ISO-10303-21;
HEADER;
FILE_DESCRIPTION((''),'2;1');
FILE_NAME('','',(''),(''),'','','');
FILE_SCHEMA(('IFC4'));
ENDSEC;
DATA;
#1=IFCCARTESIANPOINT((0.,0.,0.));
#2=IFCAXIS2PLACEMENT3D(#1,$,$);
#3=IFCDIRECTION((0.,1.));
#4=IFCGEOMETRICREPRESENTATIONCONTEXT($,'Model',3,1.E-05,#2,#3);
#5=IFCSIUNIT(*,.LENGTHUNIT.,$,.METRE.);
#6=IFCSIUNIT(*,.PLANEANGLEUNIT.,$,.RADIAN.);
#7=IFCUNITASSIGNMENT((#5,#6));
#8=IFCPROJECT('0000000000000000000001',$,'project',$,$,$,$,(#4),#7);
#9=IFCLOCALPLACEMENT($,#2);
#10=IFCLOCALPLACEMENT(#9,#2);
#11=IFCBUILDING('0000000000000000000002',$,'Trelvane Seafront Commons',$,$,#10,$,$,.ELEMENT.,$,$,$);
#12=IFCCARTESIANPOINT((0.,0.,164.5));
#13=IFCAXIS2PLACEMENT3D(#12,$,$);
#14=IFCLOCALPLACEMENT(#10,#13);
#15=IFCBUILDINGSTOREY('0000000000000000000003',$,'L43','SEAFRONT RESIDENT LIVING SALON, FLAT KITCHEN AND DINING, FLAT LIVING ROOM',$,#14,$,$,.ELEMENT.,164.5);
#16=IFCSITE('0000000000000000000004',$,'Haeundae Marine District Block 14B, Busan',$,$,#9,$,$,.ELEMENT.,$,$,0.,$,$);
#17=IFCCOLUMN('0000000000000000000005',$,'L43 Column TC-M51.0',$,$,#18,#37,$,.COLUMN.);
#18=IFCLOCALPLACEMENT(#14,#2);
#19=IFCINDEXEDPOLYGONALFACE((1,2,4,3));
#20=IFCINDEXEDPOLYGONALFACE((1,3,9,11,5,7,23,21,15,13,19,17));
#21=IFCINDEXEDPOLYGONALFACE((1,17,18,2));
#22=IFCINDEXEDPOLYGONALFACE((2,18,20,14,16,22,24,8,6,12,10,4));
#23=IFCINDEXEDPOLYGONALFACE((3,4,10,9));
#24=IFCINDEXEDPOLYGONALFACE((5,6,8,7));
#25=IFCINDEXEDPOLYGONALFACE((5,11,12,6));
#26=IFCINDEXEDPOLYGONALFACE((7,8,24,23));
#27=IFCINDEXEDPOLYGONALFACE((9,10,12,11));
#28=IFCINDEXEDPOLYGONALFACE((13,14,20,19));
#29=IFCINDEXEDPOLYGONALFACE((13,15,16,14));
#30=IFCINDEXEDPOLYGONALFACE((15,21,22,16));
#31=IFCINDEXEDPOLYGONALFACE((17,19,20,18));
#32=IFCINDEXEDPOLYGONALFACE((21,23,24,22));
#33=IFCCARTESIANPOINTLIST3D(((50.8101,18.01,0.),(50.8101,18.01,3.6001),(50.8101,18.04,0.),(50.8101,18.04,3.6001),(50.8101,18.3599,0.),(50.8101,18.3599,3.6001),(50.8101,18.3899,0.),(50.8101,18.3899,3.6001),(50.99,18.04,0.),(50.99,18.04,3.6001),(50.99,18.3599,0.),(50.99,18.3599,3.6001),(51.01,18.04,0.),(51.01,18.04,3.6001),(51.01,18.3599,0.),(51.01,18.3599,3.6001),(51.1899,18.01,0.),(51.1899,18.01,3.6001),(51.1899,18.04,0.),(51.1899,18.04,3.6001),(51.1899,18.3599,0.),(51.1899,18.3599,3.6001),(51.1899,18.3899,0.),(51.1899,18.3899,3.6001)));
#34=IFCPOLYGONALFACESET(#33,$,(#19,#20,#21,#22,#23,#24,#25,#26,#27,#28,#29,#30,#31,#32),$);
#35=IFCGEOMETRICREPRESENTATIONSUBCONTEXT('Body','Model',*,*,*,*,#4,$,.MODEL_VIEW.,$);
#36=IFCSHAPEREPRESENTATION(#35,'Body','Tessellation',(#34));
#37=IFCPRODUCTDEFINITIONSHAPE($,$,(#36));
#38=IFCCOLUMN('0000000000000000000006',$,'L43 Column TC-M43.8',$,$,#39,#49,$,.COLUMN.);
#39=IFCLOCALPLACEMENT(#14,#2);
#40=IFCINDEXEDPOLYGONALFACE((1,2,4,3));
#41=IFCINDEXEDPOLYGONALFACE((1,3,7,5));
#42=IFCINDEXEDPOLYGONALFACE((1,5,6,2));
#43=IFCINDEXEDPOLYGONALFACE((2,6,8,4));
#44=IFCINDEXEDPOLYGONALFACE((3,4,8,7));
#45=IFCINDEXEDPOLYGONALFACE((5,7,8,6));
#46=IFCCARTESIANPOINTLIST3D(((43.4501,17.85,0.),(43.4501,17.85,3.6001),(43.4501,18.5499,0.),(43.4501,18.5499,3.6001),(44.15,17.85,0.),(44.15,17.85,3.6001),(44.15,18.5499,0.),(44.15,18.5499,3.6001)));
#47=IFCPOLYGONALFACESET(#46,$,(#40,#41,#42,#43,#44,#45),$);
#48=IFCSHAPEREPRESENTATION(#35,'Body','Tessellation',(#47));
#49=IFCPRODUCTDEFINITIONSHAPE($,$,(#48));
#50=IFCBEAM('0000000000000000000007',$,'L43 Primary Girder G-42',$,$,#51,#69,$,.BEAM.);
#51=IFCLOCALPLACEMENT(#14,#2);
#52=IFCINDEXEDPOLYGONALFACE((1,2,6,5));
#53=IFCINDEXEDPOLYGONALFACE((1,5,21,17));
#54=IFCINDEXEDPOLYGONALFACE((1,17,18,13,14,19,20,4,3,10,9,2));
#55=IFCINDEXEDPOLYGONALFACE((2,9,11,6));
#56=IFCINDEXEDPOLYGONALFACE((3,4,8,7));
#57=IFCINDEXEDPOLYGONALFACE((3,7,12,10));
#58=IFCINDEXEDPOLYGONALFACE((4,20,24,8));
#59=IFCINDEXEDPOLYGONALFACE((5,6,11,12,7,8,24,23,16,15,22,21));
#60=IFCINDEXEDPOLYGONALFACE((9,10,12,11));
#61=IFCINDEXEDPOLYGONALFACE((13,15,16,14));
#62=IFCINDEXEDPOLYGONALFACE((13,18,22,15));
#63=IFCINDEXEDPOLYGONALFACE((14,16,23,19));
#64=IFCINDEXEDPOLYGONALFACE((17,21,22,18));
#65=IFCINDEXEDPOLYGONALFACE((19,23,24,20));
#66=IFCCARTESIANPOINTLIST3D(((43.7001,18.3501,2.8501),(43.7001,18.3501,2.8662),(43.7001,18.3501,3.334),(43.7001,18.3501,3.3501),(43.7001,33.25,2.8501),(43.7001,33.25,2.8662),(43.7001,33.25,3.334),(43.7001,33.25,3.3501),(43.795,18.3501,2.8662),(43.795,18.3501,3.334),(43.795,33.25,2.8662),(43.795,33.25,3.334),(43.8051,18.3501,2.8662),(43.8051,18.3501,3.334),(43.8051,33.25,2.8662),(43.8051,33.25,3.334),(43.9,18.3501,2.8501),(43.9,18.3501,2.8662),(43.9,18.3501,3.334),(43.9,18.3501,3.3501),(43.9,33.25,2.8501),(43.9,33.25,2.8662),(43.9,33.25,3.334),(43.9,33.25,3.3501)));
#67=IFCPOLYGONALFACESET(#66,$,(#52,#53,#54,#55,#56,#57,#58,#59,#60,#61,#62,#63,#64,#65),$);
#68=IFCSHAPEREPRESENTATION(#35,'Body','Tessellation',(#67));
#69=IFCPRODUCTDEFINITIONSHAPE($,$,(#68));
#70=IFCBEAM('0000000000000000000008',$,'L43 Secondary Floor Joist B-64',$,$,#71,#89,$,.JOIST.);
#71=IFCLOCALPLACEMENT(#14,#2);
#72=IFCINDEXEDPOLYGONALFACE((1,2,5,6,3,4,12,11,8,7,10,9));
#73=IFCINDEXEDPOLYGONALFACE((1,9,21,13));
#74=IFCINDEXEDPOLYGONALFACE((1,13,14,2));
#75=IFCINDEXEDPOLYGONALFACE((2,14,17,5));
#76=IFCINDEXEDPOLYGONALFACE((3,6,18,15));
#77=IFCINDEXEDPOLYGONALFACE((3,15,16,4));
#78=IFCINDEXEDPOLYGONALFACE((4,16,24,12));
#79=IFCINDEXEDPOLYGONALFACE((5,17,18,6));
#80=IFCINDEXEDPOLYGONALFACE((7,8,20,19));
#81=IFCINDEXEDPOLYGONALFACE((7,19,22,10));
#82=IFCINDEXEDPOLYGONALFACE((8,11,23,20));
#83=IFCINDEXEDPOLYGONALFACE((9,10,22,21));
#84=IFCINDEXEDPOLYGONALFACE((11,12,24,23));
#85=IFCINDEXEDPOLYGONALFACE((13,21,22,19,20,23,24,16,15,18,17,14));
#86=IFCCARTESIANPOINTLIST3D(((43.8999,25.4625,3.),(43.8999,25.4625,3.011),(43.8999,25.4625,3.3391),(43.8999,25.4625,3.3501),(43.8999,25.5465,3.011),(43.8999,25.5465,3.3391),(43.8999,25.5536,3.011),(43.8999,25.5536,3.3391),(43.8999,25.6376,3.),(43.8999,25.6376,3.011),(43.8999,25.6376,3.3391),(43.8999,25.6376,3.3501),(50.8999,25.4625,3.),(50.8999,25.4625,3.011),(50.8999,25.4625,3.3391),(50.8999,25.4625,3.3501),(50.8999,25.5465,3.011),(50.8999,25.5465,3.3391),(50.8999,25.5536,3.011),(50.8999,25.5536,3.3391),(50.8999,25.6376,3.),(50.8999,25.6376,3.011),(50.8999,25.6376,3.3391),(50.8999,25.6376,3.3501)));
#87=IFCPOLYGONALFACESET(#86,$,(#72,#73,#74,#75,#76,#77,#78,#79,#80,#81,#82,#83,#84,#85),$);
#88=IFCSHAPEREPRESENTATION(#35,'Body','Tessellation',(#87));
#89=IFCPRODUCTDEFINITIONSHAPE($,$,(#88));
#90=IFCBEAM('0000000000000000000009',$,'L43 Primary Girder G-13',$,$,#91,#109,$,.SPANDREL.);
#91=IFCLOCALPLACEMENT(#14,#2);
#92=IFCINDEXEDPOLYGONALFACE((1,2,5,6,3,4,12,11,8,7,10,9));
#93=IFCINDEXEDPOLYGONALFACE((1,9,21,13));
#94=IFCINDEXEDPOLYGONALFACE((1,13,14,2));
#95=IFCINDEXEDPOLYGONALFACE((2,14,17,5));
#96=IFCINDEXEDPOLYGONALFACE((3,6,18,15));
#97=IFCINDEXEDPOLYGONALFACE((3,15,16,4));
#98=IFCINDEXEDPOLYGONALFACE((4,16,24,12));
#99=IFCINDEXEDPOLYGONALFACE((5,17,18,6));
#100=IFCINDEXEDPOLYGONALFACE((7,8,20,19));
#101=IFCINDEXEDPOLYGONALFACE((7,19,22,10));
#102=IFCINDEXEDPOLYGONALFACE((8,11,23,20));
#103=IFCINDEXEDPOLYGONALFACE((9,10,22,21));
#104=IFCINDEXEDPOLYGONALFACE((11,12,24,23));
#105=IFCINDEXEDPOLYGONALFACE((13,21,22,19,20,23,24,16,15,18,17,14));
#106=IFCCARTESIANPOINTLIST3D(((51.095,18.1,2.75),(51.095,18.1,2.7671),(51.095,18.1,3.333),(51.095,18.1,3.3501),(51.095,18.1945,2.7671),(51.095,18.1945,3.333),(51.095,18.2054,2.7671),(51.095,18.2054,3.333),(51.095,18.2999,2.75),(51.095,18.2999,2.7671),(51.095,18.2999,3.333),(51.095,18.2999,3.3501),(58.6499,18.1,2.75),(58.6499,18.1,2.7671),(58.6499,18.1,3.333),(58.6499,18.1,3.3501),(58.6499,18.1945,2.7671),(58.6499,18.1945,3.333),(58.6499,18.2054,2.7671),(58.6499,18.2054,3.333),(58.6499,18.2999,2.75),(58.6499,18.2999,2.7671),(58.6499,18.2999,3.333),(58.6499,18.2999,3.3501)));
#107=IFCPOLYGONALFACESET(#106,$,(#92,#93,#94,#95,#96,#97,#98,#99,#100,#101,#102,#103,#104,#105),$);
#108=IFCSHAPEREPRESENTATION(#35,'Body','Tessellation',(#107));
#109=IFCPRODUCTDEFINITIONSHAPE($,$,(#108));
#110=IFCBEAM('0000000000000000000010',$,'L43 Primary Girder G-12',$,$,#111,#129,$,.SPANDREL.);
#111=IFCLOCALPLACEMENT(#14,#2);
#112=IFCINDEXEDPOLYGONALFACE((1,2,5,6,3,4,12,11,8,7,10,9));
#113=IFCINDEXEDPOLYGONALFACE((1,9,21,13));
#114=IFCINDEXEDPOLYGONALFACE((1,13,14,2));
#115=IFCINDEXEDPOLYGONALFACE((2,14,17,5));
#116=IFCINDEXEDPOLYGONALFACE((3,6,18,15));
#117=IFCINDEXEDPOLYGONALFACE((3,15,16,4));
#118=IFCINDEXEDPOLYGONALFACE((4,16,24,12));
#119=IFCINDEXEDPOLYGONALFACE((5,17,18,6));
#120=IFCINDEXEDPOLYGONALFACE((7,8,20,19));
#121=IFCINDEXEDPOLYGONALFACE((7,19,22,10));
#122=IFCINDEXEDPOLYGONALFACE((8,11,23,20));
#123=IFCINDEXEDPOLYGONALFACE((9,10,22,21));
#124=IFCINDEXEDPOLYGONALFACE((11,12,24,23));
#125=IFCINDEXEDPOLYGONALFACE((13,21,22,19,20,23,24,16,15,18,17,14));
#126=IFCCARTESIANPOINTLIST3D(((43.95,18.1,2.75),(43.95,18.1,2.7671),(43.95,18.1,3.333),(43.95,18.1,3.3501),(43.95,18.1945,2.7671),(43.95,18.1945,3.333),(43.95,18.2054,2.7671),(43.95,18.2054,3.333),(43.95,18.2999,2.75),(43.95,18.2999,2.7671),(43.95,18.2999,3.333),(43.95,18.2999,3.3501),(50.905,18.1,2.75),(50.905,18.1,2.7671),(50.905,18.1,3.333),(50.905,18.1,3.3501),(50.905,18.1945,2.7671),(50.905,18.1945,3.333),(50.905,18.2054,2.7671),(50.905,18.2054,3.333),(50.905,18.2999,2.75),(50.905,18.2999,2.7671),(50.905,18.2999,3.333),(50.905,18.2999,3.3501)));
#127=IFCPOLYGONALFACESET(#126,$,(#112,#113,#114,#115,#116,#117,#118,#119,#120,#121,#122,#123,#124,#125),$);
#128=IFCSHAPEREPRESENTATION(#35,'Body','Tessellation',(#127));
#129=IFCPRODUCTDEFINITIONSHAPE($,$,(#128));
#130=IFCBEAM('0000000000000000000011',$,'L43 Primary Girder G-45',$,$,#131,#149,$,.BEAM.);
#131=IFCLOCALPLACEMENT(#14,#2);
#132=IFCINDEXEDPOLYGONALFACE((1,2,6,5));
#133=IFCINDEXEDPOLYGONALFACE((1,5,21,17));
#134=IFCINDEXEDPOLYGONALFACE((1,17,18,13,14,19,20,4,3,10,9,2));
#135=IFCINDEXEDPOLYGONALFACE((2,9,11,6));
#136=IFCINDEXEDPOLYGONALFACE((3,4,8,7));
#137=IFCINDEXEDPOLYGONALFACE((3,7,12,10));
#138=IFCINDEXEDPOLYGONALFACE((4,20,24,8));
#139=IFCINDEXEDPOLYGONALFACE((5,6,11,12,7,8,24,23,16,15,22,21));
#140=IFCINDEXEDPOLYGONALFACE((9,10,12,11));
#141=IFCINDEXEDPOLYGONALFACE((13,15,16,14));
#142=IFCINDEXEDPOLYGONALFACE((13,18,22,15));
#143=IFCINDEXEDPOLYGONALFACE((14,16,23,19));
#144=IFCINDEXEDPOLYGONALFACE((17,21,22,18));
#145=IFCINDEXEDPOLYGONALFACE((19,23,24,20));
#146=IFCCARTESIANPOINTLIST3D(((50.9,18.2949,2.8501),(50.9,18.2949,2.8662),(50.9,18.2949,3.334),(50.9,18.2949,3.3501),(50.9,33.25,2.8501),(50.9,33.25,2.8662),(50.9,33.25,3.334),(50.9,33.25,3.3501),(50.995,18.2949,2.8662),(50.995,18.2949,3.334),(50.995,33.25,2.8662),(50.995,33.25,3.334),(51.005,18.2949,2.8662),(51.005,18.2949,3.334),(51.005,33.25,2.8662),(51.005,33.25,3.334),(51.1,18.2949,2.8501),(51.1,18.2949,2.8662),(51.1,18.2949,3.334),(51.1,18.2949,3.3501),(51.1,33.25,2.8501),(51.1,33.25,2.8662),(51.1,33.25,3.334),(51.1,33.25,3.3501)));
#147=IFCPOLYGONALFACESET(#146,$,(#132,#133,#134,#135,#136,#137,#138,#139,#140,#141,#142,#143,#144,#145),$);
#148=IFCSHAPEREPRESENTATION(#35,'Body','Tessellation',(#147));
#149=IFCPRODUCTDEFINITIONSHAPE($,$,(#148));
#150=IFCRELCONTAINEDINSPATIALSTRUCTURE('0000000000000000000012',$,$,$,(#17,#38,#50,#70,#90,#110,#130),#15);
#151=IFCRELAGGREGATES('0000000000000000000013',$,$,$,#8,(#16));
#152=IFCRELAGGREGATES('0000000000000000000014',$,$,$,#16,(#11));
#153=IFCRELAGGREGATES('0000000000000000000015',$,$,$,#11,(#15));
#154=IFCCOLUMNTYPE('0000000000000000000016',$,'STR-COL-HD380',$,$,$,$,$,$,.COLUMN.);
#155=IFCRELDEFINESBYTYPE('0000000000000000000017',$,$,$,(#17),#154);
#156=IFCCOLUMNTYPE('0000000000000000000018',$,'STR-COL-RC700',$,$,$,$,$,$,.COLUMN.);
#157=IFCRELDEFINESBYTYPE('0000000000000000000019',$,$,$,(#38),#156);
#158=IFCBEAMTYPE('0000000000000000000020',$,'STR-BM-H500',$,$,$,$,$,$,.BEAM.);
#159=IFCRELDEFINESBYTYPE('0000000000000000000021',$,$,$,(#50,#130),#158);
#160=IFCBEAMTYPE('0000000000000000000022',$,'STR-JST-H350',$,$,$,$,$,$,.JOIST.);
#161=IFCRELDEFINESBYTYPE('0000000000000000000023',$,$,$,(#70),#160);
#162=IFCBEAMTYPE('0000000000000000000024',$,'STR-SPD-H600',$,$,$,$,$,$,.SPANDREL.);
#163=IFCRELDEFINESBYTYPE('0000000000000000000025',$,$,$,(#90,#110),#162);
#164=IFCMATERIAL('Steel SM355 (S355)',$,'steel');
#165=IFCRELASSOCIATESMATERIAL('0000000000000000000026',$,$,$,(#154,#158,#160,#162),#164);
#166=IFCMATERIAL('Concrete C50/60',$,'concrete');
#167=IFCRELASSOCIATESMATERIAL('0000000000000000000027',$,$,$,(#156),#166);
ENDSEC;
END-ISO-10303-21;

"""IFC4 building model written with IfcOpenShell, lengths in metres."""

from ifc_helpers import new_model, si_unit, direction, frame, origin, origin_2d, place, context, subcontext, project, spatial, rectangle, i_section, extrude, source, transform, mapped, material, material_profile, profile_set, type_object, element, save


model = new_model("IFC4")

# Units and contexts
model_context = context("Model", 3, precision=1e-05, world=origin(), true_north=direction((0.0, 1.0)))
body_context = subcontext(model_context, "Body", "Model", "MODEL_VIEW")
ifc_project = project(units=[si_unit("LENGTHUNIT", "METRE"), si_unit("PLANEANGLEUNIT", "RADIAN")], contexts=[model_context])

# Site, building, storey
site_placement = place(None, origin())
site = spatial("IfcSite", under=ifc_project, at=site_placement, Name="Haeundae Marine District Block 14B, Busan", CompositionType="ELEMENT", RefElevation=0.0)
building_placement = place(site_placement, origin())
building = spatial("IfcBuilding", under=site, at=building_placement, Name="Trelvane Seafront Commons", CompositionType="ELEMENT")
storey_placement = place(building_placement, frame((0.0, 0.0, 164.5)))
storey = spatial("IfcBuildingStorey", under=building, at=storey_placement, Name="L43", Description="SEAFRONT RESIDENT LIVING SALON, FLAT KITCHEN AND DINING, FLAT LIVING ROOM", CompositionType="ELEMENT", Elevation=164.5)

# Columns
ifc_material_1 = material(Name="Steel SM355 (S355)", Category="steel")
ifc_material_profile_1 = material_profile(ifc_material_1, i_section(OverallWidth=0.3799, OverallDepth=0.3799, WebThickness=0.02, FlangeThickness=0.03, at=origin_2d()), Name="HD-380x380x20x30")
ifc_profile_set_1 = profile_set([ifc_material_profile_1], Name="Steel SM355 (S355)")
column_type_1 = type_object("IfcColumnType", Name="STR-COL-HD380", PredefinedType="COLUMN", material=ifc_profile_set_1)
shared_shape_1 = source(origin(), body_context, "Body", "SweptSolid", [
    extrude(i_section(OverallWidth=0.3799, OverallDepth=0.3799, WebThickness=0.02, FlangeThickness=0.03, at=origin_2d()), origin(), (0.0, 0.0, 1.0), 3.6001),
])
column_1_placement = place(storey_placement, frame((51.0, 18.2, 0.0), z_axis=(0.0, 0.0, 1.0), x_axis=(1.0, 0.0, 0.0)))
element("IfcColumn", 1, at=column_1_placement, inside=storey, type_object=column_type_1, Name="L43 Column TC-M51.0", PredefinedType="COLUMN", context=body_context, shape_type="MappedRepresentation", body=[
    mapped(shared_shape_1, transform((0.0, 0.0, 0.0), x_axis=(1.0, 0.0, 0.0), y_axis=(0.0, 1.0, 0.0), z_axis=(0.0, 0.0, 1.0), scale=1.0)),
])
ifc_material_2 = material(Name="Concrete C50/60", Category="concrete")
ifc_material_profile_2 = material_profile(ifc_material_2, rectangle(XDim=0.7, YDim=0.7, at=origin_2d()), Name="RC-700x700")
ifc_profile_set_2 = profile_set([ifc_material_profile_2], Name="Concrete C50/60")
column_type_2 = type_object("IfcColumnType", Name="STR-COL-RC700", PredefinedType="COLUMN", material=ifc_profile_set_2)
shared_shape_2 = source(origin(), body_context, "Body", "SweptSolid", [
    extrude(rectangle(XDim=0.7, YDim=0.7, at=origin_2d()), origin(), (0.0, 0.0, 1.0), 3.6001),
])
column_2_placement = place(storey_placement, frame((43.8, 18.2, 0.0), z_axis=(0.0, 0.0, 1.0), x_axis=(1.0, 0.0, 0.0)))
element("IfcColumn", 2, at=column_2_placement, inside=storey, type_object=column_type_2, Name="L43 Column TC-M43.8", PredefinedType="COLUMN", context=body_context, shape_type="MappedRepresentation", body=[
    mapped(shared_shape_2, transform((0.0, 0.0, 0.0), x_axis=(1.0, 0.0, 0.0), y_axis=(0.0, 1.0, 0.0), z_axis=(0.0, 0.0, 1.0), scale=1.0)),
])

# Beams
ifc_material_profile_3 = material_profile(ifc_material_1, i_section(OverallWidth=0.2, OverallDepth=0.5, WebThickness=0.01, FlangeThickness=0.0161, at=origin_2d()), Name="H-500x200x10x16")
ifc_profile_set_3 = profile_set([ifc_material_profile_3], Name="Steel SM355 (S355)")
beam_type_1 = type_object("IfcBeamType", Name="STR-BM-H500", PredefinedType="BEAM", material=ifc_profile_set_3)
shared_shape_3 = source(origin(), body_context, "Body", "SweptSolid", [
    extrude(i_section(OverallWidth=0.2, OverallDepth=0.5, WebThickness=0.01, FlangeThickness=0.0161, at=origin_2d()), origin(), (0.0, 0.0, 1.0), 14.8999),
])
beam_1_placement = place(storey_placement, frame((43.8, 18.3501, 3.1001), z_axis=(0.0, 1.0, 0.0), x_axis=(-1.0, 0.0, 0.0)))
element("IfcBeam", 3, at=beam_1_placement, inside=storey, type_object=beam_type_1, Name="L43 Primary Girder G-42", PredefinedType="BEAM", context=body_context, shape_type="MappedRepresentation", body=[
    mapped(shared_shape_3, transform((0.0, 0.0, 0.0), x_axis=(1.0, 0.0, 0.0), y_axis=(0.0, 1.0, 0.0), z_axis=(0.0, 0.0, 1.0), scale=1.0)),
])
ifc_material_profile_4 = material_profile(ifc_material_1, i_section(OverallWidth=0.175, OverallDepth=0.3501, WebThickness=0.0071, FlangeThickness=0.011, at=origin_2d()), Name="H-350x175x7x11")
ifc_profile_set_4 = profile_set([ifc_material_profile_4], Name="Steel SM355 (S355)")
beam_type_2 = type_object("IfcBeamType", Name="STR-JST-H350", PredefinedType="JOIST", material=ifc_profile_set_4)
shared_shape_4 = source(origin(), body_context, "Body", "SweptSolid", [
    extrude(i_section(OverallWidth=0.175, OverallDepth=0.3501, WebThickness=0.0071, FlangeThickness=0.011, at=origin_2d()), origin(), (0.0, 0.0, 1.0), 7.0),
])
beam_2_placement = place(storey_placement, frame((43.8999, 25.55, 3.175), z_axis=(1.0, 0.0, 0.0), x_axis=(0.0, 1.0, 0.0)))
element("IfcBeam", 4, at=beam_2_placement, inside=storey, type_object=beam_type_2, Name="L43 Secondary Floor Joist B-64", PredefinedType="JOIST", context=body_context, shape_type="MappedRepresentation", body=[
    mapped(shared_shape_4, transform((0.0, 0.0, 0.0), x_axis=(1.0, 0.0, 0.0), y_axis=(0.0, 1.0, 0.0), z_axis=(0.0, 0.0, 1.0), scale=1.0)),
])
ifc_material_profile_5 = material_profile(ifc_material_1, i_section(OverallWidth=0.2, OverallDepth=0.6001, WebThickness=0.011, FlangeThickness=0.0171, at=origin_2d()), Name="H-600x200x11x17")
ifc_profile_set_5 = profile_set([ifc_material_profile_5], Name="Steel SM355 (S355)")
beam_type_3 = type_object("IfcBeamType", Name="STR-SPD-H600", PredefinedType="SPANDREL", material=ifc_profile_set_5)
shared_shape_5 = source(origin(), body_context, "Body", "SweptSolid", [
    extrude(i_section(OverallWidth=0.2, OverallDepth=0.6001, WebThickness=0.011, FlangeThickness=0.0171, at=origin_2d()), origin(), (0.0, 0.0, 1.0), 7.5549),
])
beam_3_placement = place(storey_placement, frame((51.095, 18.2, 3.05), z_axis=(1.0, 0.0, 0.0), x_axis=(0.0, 1.0, 0.0)))
element("IfcBeam", 5, at=beam_3_placement, inside=storey, type_object=beam_type_3, Name="L43 Primary Girder G-13", PredefinedType="SPANDREL", context=body_context, shape_type="MappedRepresentation", body=[
    mapped(shared_shape_5, transform((0.0, 0.0, 0.0), x_axis=(1.0, 0.0, 0.0), y_axis=(0.0, 1.0, 0.0), z_axis=(0.0, 0.0, 1.0), scale=1.0)),
])
shared_shape_6 = source(origin(), body_context, "Body", "SweptSolid", [
    extrude(i_section(OverallWidth=0.2, OverallDepth=0.6001, WebThickness=0.011, FlangeThickness=0.0171, at=origin_2d()), origin(), (0.0, 0.0, 1.0), 6.9551),
])
beam_4_placement = place(storey_placement, frame((43.95, 18.2, 3.05), z_axis=(1.0, 0.0, 0.0), x_axis=(0.0, 1.0, 0.0)))
element("IfcBeam", 6, at=beam_4_placement, inside=storey, type_object=beam_type_3, Name="L43 Primary Girder G-12", PredefinedType="SPANDREL", context=body_context, shape_type="MappedRepresentation", body=[
    mapped(shared_shape_6, transform((0.0, 0.0, 0.0), x_axis=(1.0, 0.0, 0.0), y_axis=(0.0, 1.0, 0.0), z_axis=(0.0, 0.0, 1.0), scale=1.0)),
])
shared_shape_7 = source(origin(), body_context, "Body", "SweptSolid", [
    extrude(i_section(OverallWidth=0.2, OverallDepth=0.5, WebThickness=0.01, FlangeThickness=0.0161, at=origin_2d()), origin(), (0.0, 0.0, 1.0), 14.9551),
])
beam_5_placement = place(storey_placement, frame((51.0, 18.2949, 3.1001), z_axis=(0.0, 1.0, 0.0), x_axis=(-1.0, 0.0, 0.0)))
element("IfcBeam", 7, at=beam_5_placement, inside=storey, type_object=beam_type_1, Name="L43 Primary Girder G-45", PredefinedType="BEAM", context=body_context, shape_type="MappedRepresentation", body=[
    mapped(shared_shape_7, transform((0.0, 0.0, 0.0), x_axis=(1.0, 0.0, 0.0), y_axis=(0.0, 1.0, 0.0), z_axis=(0.0, 0.0, 1.0), scale=1.0)),
])

save(model, "model.ifc")
